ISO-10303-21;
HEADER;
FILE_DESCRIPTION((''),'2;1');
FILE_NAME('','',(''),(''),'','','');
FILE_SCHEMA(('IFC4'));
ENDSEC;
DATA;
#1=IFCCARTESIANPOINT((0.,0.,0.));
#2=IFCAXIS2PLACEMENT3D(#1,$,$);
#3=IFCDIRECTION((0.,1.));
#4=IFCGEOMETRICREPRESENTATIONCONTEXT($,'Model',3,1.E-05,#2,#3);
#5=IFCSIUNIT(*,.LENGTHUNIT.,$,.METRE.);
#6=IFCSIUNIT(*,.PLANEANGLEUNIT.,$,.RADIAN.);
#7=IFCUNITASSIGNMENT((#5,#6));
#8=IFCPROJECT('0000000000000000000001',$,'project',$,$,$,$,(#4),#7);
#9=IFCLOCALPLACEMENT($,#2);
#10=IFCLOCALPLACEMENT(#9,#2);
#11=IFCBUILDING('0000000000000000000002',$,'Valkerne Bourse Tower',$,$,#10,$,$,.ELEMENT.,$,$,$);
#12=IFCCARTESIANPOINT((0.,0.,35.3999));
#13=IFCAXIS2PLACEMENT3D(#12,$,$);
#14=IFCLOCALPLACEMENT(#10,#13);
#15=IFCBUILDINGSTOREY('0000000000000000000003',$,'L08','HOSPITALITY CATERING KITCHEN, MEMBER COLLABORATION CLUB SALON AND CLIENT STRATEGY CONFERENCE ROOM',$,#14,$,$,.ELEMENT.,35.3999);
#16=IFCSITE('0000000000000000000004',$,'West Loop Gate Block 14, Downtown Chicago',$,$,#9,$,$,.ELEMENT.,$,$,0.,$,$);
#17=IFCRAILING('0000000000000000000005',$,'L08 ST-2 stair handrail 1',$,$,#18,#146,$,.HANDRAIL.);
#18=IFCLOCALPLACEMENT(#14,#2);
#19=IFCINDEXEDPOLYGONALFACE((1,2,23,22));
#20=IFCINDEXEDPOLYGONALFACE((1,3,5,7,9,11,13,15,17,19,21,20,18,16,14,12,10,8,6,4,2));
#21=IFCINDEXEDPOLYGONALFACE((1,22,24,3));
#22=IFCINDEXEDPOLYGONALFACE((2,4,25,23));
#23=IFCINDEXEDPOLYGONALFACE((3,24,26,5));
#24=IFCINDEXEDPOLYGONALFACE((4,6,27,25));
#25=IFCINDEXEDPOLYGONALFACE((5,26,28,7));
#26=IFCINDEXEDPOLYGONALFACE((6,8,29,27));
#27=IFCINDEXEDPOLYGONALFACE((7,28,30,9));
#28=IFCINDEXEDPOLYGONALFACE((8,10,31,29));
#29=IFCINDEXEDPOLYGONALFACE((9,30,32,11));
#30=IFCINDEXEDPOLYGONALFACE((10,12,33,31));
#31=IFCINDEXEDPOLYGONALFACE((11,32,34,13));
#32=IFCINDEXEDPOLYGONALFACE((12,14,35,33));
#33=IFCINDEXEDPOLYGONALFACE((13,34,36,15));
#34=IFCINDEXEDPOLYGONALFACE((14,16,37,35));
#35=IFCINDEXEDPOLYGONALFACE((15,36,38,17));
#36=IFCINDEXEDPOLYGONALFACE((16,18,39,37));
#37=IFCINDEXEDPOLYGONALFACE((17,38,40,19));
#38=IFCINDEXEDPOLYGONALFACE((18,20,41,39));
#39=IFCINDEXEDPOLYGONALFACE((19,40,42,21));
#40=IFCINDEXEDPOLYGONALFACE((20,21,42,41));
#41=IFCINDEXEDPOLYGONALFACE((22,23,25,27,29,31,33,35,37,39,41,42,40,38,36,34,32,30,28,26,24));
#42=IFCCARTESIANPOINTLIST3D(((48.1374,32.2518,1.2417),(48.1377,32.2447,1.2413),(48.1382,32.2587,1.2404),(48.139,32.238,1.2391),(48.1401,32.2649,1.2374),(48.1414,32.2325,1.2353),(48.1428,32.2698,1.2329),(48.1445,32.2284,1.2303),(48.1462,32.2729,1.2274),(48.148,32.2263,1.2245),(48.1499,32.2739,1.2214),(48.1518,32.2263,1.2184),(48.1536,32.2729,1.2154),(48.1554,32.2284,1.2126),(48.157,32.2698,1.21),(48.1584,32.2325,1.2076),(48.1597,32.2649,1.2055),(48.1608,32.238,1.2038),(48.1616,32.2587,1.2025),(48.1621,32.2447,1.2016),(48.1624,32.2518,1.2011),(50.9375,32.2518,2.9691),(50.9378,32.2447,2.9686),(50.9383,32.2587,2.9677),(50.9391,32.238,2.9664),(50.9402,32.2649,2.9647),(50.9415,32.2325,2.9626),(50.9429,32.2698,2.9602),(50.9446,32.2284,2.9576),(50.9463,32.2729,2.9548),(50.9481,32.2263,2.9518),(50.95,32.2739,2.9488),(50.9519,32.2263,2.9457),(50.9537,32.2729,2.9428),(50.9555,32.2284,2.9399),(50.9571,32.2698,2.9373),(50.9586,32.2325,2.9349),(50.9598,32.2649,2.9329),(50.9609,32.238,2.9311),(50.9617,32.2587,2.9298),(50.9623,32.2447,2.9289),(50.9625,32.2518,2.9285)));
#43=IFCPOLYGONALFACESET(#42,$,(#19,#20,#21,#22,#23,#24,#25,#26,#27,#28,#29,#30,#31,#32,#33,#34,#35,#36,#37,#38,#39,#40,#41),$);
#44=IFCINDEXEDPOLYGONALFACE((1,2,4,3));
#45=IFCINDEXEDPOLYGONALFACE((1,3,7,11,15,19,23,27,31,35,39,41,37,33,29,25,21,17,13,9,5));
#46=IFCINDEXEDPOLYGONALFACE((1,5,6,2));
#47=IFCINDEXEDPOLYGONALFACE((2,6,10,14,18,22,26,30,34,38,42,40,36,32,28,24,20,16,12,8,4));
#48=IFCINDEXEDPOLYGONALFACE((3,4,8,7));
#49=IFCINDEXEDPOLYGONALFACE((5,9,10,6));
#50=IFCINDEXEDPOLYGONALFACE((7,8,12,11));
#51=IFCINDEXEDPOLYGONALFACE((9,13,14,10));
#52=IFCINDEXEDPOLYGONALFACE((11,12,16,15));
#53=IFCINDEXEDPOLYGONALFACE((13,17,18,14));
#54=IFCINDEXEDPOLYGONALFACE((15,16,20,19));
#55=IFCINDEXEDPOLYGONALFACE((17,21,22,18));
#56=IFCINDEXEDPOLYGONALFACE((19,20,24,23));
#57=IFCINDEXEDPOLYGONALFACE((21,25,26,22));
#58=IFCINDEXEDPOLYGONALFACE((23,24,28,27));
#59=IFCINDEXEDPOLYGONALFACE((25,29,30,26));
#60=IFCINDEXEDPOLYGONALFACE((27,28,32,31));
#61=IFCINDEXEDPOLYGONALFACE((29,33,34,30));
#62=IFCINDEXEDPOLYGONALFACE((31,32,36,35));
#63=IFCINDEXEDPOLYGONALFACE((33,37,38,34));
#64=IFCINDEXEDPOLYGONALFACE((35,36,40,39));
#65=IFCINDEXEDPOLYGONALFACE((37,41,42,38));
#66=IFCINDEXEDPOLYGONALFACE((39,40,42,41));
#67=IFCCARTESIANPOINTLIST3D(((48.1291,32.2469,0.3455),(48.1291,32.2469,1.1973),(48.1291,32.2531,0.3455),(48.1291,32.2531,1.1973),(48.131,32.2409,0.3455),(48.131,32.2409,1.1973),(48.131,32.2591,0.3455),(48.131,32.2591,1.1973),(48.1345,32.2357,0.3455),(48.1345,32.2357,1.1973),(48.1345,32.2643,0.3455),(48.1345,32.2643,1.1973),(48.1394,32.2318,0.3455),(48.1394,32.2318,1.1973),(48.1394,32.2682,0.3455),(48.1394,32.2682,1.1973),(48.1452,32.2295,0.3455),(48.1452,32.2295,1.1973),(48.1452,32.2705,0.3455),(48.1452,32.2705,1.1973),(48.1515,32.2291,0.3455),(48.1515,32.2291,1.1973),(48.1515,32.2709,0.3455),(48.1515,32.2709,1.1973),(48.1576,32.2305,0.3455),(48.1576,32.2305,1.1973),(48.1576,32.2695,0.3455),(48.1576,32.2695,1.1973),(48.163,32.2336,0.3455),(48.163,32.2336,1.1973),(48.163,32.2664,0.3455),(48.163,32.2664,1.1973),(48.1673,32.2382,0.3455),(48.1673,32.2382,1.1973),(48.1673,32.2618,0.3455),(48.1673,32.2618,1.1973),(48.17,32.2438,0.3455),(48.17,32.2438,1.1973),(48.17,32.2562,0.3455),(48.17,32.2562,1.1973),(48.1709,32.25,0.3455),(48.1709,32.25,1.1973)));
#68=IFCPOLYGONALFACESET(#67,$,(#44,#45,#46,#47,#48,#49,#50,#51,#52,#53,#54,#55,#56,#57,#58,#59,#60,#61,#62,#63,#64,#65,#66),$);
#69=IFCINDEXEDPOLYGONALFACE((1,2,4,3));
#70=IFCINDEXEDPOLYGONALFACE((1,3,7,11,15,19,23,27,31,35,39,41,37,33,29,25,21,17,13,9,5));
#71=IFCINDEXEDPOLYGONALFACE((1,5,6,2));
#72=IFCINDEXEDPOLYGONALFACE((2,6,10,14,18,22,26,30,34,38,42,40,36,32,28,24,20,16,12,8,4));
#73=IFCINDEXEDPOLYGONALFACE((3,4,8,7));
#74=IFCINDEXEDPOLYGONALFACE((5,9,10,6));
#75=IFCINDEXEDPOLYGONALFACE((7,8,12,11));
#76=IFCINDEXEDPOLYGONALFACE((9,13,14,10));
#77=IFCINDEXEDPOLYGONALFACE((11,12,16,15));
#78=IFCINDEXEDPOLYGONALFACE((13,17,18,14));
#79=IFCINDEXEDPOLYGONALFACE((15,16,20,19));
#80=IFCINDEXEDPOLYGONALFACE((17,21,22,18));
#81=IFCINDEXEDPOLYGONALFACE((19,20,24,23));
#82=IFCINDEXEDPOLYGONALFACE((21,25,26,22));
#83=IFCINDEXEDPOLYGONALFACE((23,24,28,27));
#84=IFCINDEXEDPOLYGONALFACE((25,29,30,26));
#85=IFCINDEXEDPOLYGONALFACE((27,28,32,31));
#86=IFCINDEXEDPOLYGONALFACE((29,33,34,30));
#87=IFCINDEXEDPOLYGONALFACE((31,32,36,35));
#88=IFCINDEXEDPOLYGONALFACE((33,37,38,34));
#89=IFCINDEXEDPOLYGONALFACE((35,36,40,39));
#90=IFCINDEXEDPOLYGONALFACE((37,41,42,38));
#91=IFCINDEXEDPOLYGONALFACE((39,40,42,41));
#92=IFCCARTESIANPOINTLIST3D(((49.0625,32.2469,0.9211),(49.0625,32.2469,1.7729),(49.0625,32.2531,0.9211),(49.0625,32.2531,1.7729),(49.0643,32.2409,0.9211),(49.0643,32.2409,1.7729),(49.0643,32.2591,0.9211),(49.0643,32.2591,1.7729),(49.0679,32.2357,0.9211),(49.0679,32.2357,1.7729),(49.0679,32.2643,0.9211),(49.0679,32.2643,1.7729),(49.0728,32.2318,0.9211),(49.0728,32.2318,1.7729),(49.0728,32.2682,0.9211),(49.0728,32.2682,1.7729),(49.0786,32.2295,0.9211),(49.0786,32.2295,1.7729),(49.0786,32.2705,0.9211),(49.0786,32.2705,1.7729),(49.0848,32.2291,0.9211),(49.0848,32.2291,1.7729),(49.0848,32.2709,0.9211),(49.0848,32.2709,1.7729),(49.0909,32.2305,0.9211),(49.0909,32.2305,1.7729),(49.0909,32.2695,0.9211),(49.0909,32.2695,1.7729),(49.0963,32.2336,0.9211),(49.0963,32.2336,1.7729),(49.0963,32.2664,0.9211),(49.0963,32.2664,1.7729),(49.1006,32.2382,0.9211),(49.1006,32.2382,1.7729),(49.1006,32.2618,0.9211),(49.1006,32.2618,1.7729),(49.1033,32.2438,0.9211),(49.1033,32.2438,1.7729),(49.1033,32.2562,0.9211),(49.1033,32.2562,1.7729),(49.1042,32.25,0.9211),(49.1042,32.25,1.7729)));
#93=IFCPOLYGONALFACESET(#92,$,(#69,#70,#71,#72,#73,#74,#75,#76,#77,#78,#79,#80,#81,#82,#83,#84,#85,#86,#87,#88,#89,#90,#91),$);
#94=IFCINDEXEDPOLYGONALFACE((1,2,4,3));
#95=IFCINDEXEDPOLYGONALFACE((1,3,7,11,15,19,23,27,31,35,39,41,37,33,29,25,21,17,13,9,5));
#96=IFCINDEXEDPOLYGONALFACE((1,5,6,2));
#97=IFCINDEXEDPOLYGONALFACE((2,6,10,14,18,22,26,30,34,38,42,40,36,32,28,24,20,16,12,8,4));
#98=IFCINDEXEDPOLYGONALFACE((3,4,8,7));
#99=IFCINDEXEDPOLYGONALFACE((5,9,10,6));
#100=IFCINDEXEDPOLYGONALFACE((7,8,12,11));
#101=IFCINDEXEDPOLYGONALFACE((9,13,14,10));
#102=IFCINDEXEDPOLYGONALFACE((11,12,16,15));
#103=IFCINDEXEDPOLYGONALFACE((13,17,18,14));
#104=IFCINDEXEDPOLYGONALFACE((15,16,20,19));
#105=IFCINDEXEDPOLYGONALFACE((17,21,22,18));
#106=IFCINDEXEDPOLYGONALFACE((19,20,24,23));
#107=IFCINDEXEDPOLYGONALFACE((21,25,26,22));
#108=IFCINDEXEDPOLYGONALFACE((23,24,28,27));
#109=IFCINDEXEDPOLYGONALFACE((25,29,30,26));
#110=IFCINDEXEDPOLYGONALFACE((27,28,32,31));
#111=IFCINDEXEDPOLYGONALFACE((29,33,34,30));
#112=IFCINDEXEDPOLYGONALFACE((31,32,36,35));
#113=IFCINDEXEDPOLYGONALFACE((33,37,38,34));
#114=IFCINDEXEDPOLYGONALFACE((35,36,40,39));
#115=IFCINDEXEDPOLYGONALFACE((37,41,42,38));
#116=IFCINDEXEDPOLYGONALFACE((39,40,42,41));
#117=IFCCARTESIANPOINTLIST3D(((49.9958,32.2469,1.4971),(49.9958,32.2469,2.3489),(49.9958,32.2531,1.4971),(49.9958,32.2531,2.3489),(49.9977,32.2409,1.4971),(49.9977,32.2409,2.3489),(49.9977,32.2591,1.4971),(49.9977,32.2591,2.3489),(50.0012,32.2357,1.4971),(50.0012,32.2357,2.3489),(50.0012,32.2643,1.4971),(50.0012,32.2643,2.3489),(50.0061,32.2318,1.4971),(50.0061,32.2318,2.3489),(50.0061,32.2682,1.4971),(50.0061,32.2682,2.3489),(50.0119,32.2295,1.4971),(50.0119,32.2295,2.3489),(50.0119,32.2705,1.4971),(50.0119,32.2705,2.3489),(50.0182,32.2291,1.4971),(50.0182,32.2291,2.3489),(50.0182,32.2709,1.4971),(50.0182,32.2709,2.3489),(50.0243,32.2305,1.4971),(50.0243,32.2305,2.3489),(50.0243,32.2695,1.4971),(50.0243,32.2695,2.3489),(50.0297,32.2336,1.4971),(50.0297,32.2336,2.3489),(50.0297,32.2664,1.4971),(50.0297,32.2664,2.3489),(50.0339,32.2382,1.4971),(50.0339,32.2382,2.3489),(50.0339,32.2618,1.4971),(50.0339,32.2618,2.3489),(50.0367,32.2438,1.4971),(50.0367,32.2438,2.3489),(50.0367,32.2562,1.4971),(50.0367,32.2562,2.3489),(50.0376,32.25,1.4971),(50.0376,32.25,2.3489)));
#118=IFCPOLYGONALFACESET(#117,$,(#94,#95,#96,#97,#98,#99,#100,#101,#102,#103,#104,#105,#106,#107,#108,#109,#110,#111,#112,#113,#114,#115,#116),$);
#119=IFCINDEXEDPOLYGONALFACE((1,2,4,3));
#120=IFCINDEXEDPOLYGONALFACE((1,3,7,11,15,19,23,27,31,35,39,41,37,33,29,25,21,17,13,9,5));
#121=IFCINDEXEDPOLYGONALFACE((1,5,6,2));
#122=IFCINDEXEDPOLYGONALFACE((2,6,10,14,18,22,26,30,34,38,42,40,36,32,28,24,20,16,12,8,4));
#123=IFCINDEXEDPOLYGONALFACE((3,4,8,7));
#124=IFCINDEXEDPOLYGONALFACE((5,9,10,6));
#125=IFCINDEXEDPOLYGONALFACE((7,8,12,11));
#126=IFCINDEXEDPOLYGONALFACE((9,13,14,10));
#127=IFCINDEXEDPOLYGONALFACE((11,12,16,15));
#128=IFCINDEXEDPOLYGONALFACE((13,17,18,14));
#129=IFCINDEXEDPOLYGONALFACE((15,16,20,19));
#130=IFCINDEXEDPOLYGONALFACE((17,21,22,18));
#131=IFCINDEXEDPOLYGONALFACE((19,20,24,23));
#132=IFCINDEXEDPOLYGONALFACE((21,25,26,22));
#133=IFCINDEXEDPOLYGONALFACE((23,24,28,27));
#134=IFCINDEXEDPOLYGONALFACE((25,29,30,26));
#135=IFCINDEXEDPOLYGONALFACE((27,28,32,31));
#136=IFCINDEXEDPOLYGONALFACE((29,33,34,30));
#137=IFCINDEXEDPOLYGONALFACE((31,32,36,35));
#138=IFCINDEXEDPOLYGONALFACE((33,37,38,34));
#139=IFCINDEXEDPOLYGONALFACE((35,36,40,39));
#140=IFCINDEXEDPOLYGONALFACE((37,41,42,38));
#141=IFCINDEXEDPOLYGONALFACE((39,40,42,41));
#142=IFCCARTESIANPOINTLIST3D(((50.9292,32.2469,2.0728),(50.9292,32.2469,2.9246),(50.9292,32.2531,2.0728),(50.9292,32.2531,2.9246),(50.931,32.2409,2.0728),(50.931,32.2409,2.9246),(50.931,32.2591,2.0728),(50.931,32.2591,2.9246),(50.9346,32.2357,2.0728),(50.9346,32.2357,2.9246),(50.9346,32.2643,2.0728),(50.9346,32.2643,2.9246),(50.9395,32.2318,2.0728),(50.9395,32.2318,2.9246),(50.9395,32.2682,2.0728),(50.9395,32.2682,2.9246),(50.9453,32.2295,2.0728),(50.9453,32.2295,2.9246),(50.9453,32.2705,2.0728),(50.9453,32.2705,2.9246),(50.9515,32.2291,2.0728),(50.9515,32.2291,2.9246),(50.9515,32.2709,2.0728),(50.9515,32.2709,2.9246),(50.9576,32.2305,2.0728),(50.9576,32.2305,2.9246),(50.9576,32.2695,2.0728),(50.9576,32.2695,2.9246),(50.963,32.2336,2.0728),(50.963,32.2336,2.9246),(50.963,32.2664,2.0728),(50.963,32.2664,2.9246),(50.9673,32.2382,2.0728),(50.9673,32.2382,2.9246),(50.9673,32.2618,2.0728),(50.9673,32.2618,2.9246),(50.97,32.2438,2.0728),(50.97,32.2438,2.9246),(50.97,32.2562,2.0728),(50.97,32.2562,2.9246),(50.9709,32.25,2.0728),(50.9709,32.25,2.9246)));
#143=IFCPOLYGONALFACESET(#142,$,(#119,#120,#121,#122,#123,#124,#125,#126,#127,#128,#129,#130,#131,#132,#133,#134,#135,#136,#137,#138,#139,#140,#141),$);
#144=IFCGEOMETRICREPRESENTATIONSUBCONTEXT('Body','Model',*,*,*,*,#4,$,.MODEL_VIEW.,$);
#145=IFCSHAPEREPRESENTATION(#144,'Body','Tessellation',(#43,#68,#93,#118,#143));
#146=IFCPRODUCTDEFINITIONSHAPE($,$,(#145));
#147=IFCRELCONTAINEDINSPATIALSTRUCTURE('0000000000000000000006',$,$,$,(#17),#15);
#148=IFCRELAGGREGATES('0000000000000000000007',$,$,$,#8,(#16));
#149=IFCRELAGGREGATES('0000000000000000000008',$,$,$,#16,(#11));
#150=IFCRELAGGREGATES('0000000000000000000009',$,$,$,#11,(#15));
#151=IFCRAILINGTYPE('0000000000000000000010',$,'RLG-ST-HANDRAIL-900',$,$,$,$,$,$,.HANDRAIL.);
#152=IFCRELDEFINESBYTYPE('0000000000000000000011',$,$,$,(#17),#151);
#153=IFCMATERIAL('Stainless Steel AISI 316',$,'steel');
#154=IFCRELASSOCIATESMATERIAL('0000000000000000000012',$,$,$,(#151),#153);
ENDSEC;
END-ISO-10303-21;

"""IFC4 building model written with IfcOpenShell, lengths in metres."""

from ifc_helpers import new_model, si_unit, direction, frame, origin, origin_2d, place, context, subcontext, project, spatial, circle, extrude, material, type_object, element, save


model = new_model("IFC4")

# Units and contexts
model_context = context("Model", 3, precision=1e-05, world=origin(), true_north=direction((0.0, 1.0)))
body_context = subcontext(model_context, "Body", "Model", "MODEL_VIEW")
ifc_project = project(units=[si_unit("LENGTHUNIT", "METRE"), si_unit("PLANEANGLEUNIT", "RADIAN")], contexts=[model_context])

# Site, building, storey
site_placement = place(None, origin())
site = spatial("IfcSite", under=ifc_project, at=site_placement, Name="West Loop Gate Block 14, Downtown Chicago", CompositionType="ELEMENT", RefElevation=0.0)
building_placement = place(site_placement, origin())
building = spatial("IfcBuilding", under=site, at=building_placement, Name="Valkerne Bourse Tower", CompositionType="ELEMENT")
storey_placement = place(building_placement, frame((0.0, 0.0, 35.3999)))
storey = spatial("IfcBuildingStorey", under=building, at=storey_placement, Name="L08", Description="HOSPITALITY CATERING KITCHEN, MEMBER COLLABORATION CLUB SALON AND CLIENT STRATEGY CONFERENCE ROOM", CompositionType="ELEMENT", Elevation=35.3999)

# Shared definitions
ifc_material_1 = material(Name="Stainless Steel AISI 316", Category="steel")

# Railing
railing_type_1 = type_object("IfcRailingType", Name="RLG-ST-HANDRAIL-900", PredefinedType="HANDRAIL", material=ifc_material_1)
railing_1_placement = place(storey_placement, frame((48.1499, 32.25, 0.3455)))
element("IfcRailing", 1, at=railing_1_placement, inside=storey, type_object=railing_type_1, Name="L08 ST-2 stair handrail 1", PredefinedType="HANDRAIL", context=body_context, shape_type="SweptSolid", body=[
    extrude(circle(Radius=0.0239, at=origin_2d()), frame((0.0, 0.0, 0.876), z_axis=(0.85109, 0.0, 0.52502), x_axis=(0.0, 1.0, 0.0)), (0.0, 0.0, 1.0), 3.29),
    extrude(circle(Radius=0.021, at=origin_2d()), origin(), (0.0, 0.0, 1.0), 0.8518),
    extrude(circle(Radius=0.021, at=origin_2d()), frame((0.9333, 0.0, 0.5757)), (0.0, 0.0, 1.0), 0.8518),
    extrude(circle(Radius=0.021, at=origin_2d()), frame((1.8667, 0.0, 1.1516)), (0.0, 0.0, 1.0), 0.8518),
    extrude(circle(Radius=0.021, at=origin_2d()), frame((2.8, 0.0, 1.7273)), (0.0, 0.0, 1.0), 0.8518),
])

save(model, "model.ifc")
